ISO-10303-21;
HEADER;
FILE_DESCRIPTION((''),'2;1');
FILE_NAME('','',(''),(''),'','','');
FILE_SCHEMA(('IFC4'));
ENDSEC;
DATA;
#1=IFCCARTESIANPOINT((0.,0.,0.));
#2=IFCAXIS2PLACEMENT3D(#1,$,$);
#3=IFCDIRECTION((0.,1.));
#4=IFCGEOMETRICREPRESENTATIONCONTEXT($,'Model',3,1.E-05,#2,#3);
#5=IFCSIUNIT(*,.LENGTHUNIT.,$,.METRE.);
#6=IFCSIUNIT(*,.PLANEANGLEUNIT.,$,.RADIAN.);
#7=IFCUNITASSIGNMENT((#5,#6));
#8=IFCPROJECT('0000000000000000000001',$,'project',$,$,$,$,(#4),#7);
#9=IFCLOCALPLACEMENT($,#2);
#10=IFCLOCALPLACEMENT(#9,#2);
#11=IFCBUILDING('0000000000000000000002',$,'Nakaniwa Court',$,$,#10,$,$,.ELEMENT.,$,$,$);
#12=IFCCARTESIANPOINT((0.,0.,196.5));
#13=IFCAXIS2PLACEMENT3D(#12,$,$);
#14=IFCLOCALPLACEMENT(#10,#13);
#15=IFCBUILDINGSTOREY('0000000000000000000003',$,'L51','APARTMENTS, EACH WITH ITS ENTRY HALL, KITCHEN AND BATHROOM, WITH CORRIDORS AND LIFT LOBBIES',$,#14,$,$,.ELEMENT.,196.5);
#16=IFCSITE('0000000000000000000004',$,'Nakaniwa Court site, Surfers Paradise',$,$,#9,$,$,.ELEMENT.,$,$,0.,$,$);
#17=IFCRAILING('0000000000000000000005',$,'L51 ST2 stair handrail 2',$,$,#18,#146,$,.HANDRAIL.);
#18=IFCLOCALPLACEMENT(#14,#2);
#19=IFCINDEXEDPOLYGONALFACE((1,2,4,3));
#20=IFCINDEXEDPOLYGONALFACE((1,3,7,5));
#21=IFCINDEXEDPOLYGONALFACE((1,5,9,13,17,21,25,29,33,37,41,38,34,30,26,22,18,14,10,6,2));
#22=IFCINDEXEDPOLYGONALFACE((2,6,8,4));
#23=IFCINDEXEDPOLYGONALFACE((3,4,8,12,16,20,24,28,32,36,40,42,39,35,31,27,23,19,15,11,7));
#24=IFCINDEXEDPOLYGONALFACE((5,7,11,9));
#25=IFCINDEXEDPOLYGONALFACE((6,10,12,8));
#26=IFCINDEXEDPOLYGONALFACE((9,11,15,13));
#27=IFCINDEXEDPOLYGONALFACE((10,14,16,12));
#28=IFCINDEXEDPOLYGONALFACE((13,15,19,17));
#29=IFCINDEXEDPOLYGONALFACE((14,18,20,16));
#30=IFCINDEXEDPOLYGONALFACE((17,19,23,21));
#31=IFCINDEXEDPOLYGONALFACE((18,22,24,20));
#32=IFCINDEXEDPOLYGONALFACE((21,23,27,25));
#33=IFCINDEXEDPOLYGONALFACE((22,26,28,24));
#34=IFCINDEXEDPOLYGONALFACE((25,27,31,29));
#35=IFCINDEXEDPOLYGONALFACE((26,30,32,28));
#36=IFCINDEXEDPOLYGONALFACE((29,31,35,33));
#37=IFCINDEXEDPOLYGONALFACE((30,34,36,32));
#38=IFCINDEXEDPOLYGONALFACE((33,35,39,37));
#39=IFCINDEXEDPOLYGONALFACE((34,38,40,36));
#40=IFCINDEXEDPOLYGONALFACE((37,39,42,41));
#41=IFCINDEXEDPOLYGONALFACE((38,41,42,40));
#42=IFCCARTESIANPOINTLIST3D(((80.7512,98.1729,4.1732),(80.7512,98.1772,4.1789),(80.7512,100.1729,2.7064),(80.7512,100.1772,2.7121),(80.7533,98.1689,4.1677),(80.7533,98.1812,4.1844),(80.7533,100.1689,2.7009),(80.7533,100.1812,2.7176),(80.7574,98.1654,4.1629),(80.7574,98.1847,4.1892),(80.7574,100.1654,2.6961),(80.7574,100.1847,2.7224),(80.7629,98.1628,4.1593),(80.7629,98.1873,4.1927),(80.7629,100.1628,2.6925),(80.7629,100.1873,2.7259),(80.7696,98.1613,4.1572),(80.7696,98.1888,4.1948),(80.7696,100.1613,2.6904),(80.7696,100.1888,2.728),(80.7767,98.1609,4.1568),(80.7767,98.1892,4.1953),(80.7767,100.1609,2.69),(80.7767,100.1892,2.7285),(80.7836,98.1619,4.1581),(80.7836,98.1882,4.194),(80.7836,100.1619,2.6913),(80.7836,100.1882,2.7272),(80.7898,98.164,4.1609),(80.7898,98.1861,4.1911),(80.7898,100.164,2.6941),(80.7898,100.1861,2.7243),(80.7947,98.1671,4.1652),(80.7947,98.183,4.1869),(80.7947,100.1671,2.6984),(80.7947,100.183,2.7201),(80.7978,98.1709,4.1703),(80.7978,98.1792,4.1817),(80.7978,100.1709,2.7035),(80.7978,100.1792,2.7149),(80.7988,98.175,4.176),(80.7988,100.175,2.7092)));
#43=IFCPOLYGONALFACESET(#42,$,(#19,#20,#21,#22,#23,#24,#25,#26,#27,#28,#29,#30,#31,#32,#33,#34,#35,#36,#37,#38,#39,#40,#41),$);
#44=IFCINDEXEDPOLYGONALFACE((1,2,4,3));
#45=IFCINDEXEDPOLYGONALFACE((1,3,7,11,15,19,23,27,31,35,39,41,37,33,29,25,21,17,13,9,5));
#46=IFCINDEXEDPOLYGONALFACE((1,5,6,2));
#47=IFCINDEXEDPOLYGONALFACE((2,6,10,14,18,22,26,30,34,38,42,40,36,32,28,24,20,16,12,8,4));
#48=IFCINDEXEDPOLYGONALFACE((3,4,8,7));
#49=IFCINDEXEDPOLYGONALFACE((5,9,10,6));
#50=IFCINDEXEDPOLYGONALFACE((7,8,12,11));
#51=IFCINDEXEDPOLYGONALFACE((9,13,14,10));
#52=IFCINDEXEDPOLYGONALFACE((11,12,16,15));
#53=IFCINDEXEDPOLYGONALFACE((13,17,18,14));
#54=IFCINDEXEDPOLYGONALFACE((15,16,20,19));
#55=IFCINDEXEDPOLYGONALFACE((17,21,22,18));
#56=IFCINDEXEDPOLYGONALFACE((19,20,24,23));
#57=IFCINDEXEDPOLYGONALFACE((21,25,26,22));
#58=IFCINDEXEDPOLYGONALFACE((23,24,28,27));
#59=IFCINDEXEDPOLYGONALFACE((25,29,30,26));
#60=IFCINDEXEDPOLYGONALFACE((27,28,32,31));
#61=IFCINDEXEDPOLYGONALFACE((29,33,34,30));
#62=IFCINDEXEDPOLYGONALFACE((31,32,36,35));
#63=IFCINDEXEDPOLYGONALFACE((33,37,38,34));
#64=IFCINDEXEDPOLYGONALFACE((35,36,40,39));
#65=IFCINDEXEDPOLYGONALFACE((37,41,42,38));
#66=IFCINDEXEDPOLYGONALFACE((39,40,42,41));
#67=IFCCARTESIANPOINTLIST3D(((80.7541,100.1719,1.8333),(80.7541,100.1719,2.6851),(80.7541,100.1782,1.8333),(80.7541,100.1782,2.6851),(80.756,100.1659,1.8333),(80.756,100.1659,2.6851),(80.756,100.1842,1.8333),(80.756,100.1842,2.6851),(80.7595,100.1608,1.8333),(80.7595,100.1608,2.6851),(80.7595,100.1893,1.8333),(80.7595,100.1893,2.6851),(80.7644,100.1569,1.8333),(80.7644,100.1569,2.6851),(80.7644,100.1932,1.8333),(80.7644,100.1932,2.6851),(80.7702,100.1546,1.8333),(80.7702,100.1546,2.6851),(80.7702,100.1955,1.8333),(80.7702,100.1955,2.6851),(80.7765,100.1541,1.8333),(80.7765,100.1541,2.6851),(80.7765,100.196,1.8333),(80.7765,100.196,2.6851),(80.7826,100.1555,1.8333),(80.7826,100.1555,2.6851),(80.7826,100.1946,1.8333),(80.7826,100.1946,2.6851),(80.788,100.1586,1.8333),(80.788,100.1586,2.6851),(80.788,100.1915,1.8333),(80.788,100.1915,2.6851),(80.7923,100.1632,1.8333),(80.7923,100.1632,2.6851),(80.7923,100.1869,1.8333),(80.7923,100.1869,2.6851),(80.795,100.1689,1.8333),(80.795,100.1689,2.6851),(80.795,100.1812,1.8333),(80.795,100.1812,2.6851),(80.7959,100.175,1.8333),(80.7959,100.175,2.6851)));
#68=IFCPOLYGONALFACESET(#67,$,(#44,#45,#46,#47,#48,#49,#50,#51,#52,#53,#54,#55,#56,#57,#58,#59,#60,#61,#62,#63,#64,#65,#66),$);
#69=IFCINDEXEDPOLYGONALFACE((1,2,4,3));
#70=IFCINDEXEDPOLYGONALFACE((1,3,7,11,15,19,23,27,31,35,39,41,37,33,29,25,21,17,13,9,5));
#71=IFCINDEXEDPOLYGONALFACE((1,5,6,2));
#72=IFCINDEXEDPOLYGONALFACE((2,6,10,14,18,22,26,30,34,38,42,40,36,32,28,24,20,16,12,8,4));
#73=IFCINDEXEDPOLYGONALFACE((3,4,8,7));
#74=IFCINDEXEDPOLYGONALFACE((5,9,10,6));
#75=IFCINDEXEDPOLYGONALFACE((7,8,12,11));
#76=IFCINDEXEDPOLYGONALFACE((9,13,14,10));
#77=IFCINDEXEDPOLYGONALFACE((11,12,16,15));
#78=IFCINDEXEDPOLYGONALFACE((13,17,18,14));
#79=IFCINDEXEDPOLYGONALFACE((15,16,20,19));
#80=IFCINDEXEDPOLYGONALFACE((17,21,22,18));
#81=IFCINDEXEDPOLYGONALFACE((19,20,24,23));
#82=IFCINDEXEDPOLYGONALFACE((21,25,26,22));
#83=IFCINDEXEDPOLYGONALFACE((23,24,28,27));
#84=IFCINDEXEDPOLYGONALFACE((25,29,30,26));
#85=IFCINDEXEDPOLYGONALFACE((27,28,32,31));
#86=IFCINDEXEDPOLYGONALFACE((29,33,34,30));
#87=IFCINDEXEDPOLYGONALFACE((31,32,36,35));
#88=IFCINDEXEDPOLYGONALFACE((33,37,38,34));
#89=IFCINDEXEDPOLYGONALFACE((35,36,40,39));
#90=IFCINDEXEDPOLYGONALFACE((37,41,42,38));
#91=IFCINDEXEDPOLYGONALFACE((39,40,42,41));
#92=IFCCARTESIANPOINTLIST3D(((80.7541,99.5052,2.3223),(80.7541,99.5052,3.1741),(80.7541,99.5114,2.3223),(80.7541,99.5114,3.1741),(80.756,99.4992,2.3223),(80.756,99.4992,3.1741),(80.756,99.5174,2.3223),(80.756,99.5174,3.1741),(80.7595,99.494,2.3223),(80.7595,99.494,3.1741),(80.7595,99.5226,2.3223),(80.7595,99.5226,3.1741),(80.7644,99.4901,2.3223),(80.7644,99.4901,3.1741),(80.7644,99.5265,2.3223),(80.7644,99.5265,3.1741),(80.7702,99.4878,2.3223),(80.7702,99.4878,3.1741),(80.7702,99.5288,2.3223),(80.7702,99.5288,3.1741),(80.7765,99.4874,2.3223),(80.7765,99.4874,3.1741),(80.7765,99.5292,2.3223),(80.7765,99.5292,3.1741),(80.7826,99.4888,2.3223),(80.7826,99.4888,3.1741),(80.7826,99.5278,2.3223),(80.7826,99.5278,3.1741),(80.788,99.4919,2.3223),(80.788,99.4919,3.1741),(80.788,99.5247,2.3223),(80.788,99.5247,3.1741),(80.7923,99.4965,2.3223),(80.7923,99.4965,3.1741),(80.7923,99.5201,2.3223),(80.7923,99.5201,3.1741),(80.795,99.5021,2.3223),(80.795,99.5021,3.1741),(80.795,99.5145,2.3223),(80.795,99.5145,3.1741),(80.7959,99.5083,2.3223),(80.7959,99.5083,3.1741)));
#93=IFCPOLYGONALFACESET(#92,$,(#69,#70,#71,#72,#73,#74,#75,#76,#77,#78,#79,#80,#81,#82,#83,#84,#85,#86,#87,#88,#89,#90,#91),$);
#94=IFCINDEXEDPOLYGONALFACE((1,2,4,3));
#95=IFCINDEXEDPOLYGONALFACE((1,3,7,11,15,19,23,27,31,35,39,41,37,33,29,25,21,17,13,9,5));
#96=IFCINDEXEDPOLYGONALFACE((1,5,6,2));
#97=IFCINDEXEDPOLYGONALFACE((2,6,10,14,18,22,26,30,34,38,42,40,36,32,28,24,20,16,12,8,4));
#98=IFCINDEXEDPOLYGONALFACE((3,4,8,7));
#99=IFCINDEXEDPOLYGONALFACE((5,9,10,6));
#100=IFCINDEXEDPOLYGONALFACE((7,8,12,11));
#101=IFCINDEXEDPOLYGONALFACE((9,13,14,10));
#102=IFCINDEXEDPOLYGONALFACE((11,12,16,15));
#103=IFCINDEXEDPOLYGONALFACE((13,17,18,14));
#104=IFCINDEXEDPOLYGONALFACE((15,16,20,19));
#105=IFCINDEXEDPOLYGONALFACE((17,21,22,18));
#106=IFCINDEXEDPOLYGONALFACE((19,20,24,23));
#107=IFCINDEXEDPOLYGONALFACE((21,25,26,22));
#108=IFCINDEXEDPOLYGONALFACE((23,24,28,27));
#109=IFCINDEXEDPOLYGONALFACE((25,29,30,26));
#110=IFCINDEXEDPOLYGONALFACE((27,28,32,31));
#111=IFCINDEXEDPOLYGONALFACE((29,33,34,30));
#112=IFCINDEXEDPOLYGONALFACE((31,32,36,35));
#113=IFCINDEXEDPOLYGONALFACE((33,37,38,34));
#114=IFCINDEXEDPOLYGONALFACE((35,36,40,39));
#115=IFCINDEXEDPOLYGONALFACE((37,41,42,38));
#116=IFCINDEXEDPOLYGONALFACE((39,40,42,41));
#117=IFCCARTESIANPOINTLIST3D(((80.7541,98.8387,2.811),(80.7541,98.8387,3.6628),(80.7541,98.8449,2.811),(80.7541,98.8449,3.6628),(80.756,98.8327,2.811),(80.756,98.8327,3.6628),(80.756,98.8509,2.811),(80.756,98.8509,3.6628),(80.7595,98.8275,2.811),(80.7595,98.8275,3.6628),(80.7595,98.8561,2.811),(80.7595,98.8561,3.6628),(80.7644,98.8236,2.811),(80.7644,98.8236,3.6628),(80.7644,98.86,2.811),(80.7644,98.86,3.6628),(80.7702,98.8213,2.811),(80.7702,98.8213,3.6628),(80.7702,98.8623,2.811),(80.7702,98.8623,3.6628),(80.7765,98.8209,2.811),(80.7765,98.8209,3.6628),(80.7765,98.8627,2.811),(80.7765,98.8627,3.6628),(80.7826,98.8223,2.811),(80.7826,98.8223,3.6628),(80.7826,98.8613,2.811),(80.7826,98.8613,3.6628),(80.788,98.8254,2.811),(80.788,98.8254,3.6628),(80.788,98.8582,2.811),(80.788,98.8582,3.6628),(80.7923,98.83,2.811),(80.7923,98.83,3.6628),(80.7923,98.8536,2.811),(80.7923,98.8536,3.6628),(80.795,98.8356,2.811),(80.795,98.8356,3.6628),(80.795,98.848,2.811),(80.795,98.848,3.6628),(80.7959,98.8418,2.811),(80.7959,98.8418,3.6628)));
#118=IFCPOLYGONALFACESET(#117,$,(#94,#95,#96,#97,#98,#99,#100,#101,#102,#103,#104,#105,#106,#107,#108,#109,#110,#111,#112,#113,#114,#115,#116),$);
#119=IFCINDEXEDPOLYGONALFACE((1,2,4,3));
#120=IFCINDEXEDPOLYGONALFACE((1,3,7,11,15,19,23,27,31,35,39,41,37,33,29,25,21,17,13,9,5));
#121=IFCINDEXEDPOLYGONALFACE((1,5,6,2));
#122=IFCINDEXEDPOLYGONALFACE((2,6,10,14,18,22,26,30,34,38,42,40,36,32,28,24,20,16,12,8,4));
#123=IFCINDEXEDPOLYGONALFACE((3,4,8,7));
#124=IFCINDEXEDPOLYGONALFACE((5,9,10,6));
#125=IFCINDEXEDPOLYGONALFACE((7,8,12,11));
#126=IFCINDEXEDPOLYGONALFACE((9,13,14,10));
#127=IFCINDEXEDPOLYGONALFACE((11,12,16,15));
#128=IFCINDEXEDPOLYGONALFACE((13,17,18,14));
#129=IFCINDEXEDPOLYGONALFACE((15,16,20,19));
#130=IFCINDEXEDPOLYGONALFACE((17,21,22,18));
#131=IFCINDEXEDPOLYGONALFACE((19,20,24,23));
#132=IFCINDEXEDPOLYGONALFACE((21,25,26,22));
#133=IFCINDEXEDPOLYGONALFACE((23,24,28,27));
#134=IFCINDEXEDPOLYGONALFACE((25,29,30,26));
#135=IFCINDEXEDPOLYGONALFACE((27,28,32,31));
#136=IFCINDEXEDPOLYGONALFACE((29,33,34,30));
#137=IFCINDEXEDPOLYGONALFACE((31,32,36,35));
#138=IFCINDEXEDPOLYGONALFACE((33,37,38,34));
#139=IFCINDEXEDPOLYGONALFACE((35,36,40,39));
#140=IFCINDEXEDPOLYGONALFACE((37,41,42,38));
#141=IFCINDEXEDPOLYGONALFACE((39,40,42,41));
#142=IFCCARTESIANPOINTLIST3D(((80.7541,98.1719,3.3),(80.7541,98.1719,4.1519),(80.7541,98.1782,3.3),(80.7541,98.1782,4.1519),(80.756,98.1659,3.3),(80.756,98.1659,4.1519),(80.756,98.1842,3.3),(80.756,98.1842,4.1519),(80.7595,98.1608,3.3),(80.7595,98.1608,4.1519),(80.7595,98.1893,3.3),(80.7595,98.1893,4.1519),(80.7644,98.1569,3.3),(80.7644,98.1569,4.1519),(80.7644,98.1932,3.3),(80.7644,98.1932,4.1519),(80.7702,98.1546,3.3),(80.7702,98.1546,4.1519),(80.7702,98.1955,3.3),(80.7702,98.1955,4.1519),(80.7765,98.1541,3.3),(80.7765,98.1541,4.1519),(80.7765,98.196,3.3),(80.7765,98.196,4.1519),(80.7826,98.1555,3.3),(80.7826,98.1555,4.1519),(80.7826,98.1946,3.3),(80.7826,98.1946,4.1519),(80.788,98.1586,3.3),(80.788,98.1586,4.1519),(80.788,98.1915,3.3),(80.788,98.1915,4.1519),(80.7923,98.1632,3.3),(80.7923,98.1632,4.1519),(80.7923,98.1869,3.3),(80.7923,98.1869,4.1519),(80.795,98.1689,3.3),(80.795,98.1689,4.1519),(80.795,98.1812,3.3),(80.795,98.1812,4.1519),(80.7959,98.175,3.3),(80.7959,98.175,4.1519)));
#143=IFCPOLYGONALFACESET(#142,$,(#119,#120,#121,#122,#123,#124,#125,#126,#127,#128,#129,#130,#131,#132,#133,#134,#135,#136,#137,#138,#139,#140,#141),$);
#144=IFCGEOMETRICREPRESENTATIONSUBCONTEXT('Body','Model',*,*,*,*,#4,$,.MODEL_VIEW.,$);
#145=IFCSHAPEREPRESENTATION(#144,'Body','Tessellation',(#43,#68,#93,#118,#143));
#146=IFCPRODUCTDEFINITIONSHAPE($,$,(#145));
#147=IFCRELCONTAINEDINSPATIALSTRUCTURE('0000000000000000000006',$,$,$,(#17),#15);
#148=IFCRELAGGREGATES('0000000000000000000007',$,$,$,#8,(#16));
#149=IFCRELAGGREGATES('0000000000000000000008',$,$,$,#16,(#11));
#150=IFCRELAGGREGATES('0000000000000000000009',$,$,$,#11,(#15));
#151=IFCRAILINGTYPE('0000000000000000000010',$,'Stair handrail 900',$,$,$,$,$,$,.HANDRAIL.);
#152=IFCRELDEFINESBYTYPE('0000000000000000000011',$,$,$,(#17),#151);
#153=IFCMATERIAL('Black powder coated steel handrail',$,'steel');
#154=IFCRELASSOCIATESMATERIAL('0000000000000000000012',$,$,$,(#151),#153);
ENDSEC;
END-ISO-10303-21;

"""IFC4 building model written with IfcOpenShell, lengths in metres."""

from ifc_helpers import new_model, si_unit, direction, frame, origin, origin_2d, place, context, subcontext, project, spatial, circle, extrude, material, type_object, element, save


model = new_model("IFC4")

# Units and contexts
model_context = context("Model", 3, precision=1e-05, world=origin(), true_north=direction((0.0, 1.0)))
body_context = subcontext(model_context, "Body", "Model", "MODEL_VIEW")
ifc_project = project(units=[si_unit("LENGTHUNIT", "METRE"), si_unit("PLANEANGLEUNIT", "RADIAN")], contexts=[model_context])

# Site, building, storey
site_placement = place(None, origin())
site = spatial("IfcSite", under=ifc_project, at=site_placement, Name="Nakaniwa Court site, Surfers Paradise", CompositionType="ELEMENT", RefElevation=0.0)
building_placement = place(site_placement, origin())
building = spatial("IfcBuilding", under=site, at=building_placement, Name="Nakaniwa Court", CompositionType="ELEMENT")
storey_placement = place(building_placement, frame((0.0, 0.0, 196.5)))
storey = spatial("IfcBuildingStorey", under=building, at=storey_placement, Name="L51", Description="APARTMENTS, EACH WITH ITS ENTRY HALL, KITCHEN AND BATHROOM, WITH CORRIDORS AND LIFT LOBBIES", CompositionType="ELEMENT", Elevation=196.5)

# Railing
ifc_material_1 = material(Name="Black powder coated steel handrail", Category="steel")
railing_type_1 = type_object("IfcRailingType", Name="Stair handrail 900", PredefinedType="HANDRAIL", material=ifc_material_1)
railing_1_placement = place(storey_placement, frame((80.7749, 100.175, 1.8333)))
element("IfcRailing", 1, at=railing_1_placement, inside=storey, type_object=railing_type_1, Name="L51 ST2 stair handrail 2", PredefinedType="HANDRAIL", context=body_context, shape_type="SweptSolid", body=[
    extrude(circle(Radius=0.0239, at=origin_2d()), frame((0.0, 0.0, 0.876), z_axis=(0.0, -0.80638, 0.591398), x_axis=(1.0, 0.0, 0.0)), (0.0, 0.0, 1.0), 2.4802),
    extrude(circle(Radius=0.021, at=origin_2d()), origin(), (0.0, 0.0, 1.0), 0.8518),
    extrude(circle(Radius=0.021, at=origin_2d()), frame((0.0, -0.6667, 0.489)), (0.0, 0.0, 1.0), 0.8518),
    extrude(circle(Radius=0.021, at=origin_2d()), frame((0.0, -1.3333, 0.9778)), (0.0, 0.0, 1.0), 0.8518),
    extrude(circle(Radius=0.021, at=origin_2d()), frame((0.0, -2.0, 1.4668)), (0.0, 0.0, 1.0), 0.8518),
])

save(model, "model.ifc")
